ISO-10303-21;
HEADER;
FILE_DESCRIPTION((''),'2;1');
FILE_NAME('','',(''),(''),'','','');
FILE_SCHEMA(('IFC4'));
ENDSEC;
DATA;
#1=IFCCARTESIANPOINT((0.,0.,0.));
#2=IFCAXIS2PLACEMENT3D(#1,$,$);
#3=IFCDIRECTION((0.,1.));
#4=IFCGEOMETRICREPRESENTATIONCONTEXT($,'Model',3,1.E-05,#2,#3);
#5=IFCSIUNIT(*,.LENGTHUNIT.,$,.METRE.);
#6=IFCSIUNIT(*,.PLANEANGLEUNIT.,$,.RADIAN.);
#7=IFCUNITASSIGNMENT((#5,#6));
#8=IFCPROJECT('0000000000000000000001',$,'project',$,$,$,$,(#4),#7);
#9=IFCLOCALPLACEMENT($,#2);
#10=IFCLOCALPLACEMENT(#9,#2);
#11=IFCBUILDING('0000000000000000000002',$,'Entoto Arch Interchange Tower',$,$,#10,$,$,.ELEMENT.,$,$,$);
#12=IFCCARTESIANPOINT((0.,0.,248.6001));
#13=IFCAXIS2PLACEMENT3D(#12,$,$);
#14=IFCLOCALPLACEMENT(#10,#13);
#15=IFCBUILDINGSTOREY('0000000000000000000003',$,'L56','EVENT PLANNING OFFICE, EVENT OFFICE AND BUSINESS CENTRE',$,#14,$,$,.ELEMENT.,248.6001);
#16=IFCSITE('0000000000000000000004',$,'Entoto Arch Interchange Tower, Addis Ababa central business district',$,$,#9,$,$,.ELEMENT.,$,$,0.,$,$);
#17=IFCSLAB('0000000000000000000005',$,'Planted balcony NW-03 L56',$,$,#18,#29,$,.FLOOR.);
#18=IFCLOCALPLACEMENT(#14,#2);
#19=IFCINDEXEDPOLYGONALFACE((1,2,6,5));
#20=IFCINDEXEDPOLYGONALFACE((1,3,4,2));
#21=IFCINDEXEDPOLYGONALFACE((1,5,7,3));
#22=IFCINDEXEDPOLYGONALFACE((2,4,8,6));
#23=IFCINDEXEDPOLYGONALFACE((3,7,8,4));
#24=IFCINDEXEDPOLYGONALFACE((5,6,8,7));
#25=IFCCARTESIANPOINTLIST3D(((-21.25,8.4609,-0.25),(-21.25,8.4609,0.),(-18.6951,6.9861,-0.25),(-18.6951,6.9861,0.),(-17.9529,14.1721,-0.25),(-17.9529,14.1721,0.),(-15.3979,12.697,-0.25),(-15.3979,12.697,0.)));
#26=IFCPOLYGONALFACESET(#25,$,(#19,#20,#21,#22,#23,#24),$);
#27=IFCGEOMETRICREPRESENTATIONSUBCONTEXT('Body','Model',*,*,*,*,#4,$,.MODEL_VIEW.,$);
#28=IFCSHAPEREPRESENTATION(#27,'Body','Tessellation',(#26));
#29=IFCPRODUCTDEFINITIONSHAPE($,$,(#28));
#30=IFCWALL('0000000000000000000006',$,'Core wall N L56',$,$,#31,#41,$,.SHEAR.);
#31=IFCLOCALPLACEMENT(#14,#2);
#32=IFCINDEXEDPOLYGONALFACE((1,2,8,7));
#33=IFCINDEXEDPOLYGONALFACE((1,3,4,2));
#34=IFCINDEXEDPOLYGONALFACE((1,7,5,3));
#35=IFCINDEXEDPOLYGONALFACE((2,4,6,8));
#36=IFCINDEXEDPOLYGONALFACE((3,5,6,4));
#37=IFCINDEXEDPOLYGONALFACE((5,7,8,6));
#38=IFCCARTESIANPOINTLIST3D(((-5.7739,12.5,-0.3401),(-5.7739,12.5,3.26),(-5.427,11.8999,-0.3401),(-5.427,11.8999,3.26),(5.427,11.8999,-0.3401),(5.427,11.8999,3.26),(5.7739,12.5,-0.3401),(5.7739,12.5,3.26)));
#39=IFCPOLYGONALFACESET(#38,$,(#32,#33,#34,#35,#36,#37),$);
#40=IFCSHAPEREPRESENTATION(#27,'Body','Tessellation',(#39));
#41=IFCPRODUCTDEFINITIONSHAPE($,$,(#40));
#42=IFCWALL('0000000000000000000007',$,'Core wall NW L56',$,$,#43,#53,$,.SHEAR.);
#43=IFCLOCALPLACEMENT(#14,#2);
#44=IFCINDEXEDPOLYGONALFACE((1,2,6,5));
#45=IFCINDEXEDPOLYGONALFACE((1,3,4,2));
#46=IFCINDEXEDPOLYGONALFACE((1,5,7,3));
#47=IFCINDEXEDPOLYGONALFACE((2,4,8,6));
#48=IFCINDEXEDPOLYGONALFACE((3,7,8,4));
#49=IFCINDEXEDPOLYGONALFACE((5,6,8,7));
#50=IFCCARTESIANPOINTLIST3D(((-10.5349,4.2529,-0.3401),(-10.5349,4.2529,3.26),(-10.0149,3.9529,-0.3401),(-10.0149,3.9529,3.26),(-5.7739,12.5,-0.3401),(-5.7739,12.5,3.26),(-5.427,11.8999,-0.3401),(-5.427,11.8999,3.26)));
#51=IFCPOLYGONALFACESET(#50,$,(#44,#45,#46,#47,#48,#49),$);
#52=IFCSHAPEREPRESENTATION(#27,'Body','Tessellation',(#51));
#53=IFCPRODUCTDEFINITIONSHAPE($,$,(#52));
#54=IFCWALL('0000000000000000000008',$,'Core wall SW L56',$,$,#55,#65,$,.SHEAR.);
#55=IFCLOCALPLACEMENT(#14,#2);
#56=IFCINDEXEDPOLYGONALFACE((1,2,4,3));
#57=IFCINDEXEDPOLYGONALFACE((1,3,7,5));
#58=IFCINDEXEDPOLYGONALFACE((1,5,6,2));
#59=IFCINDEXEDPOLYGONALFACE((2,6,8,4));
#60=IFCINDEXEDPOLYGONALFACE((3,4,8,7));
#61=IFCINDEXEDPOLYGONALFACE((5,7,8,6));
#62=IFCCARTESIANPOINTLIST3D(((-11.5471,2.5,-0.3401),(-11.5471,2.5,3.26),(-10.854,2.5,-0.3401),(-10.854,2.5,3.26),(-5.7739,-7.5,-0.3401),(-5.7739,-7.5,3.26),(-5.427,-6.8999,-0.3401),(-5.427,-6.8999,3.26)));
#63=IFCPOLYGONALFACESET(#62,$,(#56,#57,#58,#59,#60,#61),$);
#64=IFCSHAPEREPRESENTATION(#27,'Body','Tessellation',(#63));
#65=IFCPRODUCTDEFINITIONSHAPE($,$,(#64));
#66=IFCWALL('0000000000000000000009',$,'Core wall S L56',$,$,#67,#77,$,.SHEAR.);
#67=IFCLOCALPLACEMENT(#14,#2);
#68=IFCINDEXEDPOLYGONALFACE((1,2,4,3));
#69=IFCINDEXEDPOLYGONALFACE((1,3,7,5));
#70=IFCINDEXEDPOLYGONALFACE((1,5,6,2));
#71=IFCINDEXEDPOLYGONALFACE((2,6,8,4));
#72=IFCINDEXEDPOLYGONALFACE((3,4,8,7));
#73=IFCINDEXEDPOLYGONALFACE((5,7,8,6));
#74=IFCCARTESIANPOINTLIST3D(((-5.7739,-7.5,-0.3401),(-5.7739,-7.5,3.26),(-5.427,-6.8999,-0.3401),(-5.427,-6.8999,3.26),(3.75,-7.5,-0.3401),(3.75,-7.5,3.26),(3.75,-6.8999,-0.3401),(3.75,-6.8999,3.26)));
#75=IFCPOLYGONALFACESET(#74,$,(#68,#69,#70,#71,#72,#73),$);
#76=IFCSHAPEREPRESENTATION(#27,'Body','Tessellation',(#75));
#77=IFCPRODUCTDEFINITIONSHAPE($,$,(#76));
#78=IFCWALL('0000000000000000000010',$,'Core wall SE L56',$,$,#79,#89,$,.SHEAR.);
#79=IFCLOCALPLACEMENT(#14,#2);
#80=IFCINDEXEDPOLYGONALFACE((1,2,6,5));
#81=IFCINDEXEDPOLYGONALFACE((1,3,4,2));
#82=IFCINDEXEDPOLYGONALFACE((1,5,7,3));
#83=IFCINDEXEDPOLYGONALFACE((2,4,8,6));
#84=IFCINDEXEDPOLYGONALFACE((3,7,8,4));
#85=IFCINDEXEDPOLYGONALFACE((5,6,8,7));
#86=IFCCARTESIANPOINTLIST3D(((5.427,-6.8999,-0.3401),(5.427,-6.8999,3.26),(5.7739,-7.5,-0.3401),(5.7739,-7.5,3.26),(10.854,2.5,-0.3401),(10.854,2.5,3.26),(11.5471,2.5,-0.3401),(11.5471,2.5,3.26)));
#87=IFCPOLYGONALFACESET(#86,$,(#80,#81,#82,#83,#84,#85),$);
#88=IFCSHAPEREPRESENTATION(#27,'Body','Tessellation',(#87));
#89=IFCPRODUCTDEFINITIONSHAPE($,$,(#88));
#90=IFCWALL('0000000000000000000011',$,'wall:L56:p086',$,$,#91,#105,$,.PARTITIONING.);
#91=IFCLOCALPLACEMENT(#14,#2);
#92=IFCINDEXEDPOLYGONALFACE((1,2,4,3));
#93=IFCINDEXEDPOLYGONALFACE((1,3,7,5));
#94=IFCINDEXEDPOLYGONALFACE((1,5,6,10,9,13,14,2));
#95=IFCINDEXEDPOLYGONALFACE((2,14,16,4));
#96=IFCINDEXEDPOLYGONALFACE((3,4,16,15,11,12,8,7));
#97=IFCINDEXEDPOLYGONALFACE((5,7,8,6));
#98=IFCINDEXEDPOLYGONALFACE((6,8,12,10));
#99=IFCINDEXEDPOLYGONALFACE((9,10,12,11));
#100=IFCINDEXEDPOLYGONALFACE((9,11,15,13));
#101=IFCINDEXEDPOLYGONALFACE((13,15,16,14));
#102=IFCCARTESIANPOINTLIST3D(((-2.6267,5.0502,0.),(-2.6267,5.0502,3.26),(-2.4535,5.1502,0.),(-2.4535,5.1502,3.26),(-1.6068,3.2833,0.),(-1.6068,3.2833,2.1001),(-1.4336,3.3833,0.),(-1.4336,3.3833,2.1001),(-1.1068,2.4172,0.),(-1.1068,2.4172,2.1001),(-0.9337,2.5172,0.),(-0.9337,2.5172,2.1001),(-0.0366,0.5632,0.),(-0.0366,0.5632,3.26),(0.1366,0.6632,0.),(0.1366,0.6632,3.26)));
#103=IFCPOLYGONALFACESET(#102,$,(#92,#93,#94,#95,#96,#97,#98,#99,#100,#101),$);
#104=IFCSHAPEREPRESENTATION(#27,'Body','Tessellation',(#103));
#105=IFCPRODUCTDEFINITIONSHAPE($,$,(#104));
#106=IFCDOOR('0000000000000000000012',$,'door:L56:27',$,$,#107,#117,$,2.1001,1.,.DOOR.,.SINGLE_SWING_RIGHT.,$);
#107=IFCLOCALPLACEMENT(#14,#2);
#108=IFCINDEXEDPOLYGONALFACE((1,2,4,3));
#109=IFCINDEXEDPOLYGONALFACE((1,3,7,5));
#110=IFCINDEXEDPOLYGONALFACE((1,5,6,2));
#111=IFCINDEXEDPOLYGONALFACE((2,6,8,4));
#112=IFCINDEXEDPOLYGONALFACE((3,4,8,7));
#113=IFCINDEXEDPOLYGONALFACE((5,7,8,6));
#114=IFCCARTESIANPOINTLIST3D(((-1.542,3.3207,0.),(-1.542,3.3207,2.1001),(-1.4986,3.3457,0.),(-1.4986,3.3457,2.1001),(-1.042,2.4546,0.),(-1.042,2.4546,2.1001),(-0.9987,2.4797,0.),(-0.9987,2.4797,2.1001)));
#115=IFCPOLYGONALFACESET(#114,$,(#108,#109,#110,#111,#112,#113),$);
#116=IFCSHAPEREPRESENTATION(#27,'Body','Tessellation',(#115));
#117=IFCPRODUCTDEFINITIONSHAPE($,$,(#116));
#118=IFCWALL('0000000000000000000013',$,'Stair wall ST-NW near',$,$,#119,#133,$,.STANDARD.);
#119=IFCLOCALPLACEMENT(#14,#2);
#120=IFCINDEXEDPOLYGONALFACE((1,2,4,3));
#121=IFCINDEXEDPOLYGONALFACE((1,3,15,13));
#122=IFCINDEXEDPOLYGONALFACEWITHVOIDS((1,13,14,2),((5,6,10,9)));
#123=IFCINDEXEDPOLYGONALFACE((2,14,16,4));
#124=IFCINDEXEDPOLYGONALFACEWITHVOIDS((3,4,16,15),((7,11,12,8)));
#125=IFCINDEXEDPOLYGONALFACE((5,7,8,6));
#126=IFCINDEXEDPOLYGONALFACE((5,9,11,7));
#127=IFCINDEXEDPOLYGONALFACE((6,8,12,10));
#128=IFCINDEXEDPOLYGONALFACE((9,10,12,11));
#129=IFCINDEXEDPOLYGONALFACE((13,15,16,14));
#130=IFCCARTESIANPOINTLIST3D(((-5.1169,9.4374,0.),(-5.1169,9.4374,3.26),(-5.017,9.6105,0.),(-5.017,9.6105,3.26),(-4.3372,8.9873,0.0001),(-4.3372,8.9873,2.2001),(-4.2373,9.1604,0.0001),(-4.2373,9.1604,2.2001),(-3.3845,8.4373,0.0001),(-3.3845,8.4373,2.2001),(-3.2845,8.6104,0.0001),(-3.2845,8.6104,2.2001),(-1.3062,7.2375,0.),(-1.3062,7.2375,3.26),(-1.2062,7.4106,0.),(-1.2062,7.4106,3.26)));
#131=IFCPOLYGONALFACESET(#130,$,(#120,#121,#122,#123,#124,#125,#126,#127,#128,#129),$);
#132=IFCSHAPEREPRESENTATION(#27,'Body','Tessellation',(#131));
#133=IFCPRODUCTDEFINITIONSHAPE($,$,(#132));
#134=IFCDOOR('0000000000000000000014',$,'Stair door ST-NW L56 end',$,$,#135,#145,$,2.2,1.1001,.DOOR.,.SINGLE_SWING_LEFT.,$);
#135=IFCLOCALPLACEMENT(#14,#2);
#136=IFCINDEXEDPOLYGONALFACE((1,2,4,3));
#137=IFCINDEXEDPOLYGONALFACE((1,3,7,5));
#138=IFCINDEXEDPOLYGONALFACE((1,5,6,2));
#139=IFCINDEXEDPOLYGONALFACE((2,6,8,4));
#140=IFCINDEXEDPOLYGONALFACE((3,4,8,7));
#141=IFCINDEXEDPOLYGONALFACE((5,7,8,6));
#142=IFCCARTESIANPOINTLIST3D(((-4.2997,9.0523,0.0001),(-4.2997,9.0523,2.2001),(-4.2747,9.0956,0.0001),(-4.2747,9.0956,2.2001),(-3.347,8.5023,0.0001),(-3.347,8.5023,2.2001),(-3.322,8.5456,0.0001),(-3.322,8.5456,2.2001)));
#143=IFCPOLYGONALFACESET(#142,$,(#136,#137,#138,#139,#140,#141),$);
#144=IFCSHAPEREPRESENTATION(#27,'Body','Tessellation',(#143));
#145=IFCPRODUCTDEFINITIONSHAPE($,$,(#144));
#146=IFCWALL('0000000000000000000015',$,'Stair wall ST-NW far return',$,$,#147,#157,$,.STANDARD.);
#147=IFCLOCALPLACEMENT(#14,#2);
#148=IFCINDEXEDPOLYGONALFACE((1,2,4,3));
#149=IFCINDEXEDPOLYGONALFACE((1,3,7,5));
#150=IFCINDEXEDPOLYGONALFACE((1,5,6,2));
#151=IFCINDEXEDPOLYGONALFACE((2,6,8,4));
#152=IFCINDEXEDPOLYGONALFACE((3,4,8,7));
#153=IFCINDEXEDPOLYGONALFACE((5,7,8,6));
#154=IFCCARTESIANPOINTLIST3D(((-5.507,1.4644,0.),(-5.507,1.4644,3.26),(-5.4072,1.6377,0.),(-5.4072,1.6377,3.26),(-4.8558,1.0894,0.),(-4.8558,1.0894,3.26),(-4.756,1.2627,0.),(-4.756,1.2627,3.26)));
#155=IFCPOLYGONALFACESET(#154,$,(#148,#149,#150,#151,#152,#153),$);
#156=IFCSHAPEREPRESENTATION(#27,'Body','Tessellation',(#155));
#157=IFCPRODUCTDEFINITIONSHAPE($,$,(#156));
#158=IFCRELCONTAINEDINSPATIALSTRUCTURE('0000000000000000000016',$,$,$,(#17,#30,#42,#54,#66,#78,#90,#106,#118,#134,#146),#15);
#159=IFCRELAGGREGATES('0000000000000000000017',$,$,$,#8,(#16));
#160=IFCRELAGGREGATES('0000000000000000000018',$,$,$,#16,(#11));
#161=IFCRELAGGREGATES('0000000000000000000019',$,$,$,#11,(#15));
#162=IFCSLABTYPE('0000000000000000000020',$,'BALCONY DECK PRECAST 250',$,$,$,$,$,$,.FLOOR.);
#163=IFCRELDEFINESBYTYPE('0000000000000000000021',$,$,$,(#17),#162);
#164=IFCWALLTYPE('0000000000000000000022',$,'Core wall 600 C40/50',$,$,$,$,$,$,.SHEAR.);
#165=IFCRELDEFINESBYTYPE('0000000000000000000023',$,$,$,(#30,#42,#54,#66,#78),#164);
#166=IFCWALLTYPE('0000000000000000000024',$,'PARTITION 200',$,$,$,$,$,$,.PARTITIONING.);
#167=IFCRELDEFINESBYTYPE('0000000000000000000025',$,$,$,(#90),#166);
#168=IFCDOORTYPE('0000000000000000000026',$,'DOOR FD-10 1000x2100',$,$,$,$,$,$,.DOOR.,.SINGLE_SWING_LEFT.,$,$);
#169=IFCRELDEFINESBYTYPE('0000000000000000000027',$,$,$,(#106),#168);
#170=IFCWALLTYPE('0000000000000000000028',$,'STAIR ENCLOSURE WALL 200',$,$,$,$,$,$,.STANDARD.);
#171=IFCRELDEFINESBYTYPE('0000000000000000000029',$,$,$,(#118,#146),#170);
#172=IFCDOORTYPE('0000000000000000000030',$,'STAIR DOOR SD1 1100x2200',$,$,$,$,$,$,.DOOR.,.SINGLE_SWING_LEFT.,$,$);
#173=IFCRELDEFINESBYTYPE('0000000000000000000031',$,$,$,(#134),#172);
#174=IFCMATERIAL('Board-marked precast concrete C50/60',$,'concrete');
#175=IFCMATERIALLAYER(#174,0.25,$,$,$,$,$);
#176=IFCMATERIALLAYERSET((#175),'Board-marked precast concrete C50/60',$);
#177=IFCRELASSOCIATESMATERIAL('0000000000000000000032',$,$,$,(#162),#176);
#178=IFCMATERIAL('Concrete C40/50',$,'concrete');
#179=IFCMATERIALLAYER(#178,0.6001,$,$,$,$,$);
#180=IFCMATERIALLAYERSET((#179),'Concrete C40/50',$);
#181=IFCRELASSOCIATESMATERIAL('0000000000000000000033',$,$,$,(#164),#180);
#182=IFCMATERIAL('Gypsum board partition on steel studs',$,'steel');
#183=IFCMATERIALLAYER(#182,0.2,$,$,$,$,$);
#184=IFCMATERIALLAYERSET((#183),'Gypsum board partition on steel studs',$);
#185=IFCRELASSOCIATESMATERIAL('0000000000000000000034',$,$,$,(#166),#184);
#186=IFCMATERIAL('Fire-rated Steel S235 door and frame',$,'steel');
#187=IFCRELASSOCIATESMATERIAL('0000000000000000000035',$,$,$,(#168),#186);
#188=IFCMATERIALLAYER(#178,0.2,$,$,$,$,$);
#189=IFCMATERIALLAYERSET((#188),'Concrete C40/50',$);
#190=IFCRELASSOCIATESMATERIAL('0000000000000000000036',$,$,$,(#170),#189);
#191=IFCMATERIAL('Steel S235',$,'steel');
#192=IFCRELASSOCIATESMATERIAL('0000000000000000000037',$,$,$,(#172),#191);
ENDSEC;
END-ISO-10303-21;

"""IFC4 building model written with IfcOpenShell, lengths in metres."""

from ifc_helpers import new_model, si_unit, direction, frame, frame_2d, origin, place, context, subcontext, project, spatial, polyline, rectangle, outline, extrude, material, layer, layer_set, type_object, element, fill, save


model = new_model("IFC4")

# Units and contexts
model_context = context("Model", 3, precision=1e-05, world=origin(), true_north=direction((0.0, 1.0)))
body_context = subcontext(model_context, "Body", "Model", "MODEL_VIEW")
ifc_project = project(units=[si_unit("LENGTHUNIT", "METRE"), si_unit("PLANEANGLEUNIT", "RADIAN")], contexts=[model_context])

# Site, building, storey
site_placement = place(None, origin())
site = spatial("IfcSite", under=ifc_project, at=site_placement, Name="Entoto Arch Interchange Tower, Addis Ababa central business district", CompositionType="ELEMENT", RefElevation=0.0)
building_placement = place(site_placement, origin())
building = spatial("IfcBuilding", under=site, at=building_placement, Name="Entoto Arch Interchange Tower", CompositionType="ELEMENT")
storey_placement = place(building_placement, frame((0.0, 0.0, 248.6001)))
storey = spatial("IfcBuildingStorey", under=building, at=storey_placement, Name="L56", Description="EVENT PLANNING OFFICE, EVENT OFFICE AND BUSINESS CENTRE", CompositionType="ELEMENT", Elevation=248.6001)

# Slab
ifc_material_1 = material(Name="Board-marked precast concrete C50/60", Category="concrete")
ifc_layer_1 = layer(ifc_material_1, 0.25)
ifc_layer_set_1 = layer_set([ifc_layer_1], Name="Board-marked precast concrete C50/60")
slab_type = type_object("IfcSlabType", Name="BALCONY DECK PRECAST 250", PredefinedType="FLOOR", material=ifc_layer_set_1)
slab_placement = place(storey_placement, frame((0.0, 0.0, -0.25)))
element("IfcSlab", 1, at=slab_placement, inside=storey, type_object=slab_type, Name="Planted balcony NW-03 L56", PredefinedType="FLOOR", context=body_context, shape_type="SweptSolid", body=[
    extrude(outline(polyline([(-15.3979, 12.697), (-18.6951, 6.9861), (-21.25, 8.4609), (-17.9529, 14.1721), (-15.3979, 12.697)])), origin(), (0.0, 0.0, 1.0), 0.25),
])

# Walls
ifc_material_2 = material(Name="Concrete C40/50", Category="concrete")
ifc_layer_2 = layer(ifc_material_2, 0.6001)
ifc_layer_set_2 = layer_set([ifc_layer_2], Name="Concrete C40/50")
wall_type_1 = type_object("IfcWallType", Name="Core wall 600 C40/50", PredefinedType="SHEAR", material=ifc_layer_set_2)
wall_1_placement = place(storey_placement, frame((0.0, 0.0, -0.3401)))
element("IfcWall", 2, at=wall_1_placement, inside=storey, type_object=wall_type_1, Name="Core wall N L56", PredefinedType="SHEAR", context=body_context, shape_type="SweptSolid", body=[
    extrude(outline(polyline([(5.7739, 12.5), (-5.7739, 12.5), (-5.427, 11.8999), (5.427, 11.8999), (5.7739, 12.5)])), origin(), (0.0, 0.0, 1.0), 3.6001),
])
wall_2_placement = place(storey_placement, frame((0.0, 0.0, -0.3401)))
element("IfcWall", 3, at=wall_2_placement, inside=storey, type_object=wall_type_1, Name="Core wall NW L56", PredefinedType="SHEAR", context=body_context, shape_type="SweptSolid", body=[
    extrude(outline(polyline([(-10.5349, 4.2529), (-10.0149, 3.9529), (-5.427, 11.8999), (-5.7739, 12.5), (-10.5349, 4.2529)])), origin(), (0.0, 0.0, 1.0), 3.6001),
])
wall_3_placement = place(storey_placement, frame((0.0, 0.0, -0.3401)))
element("IfcWall", 4, at=wall_3_placement, inside=storey, type_object=wall_type_1, Name="Core wall SW L56", PredefinedType="SHEAR", context=body_context, shape_type="SweptSolid", body=[
    extrude(outline(polyline([(-11.5471, 2.5), (-5.7739, -7.5), (-5.427, -6.8999), (-10.854, 2.5), (-11.5471, 2.5)])), origin(), (0.0, 0.0, 1.0), 3.6001),
])
wall_4_placement = place(storey_placement, frame((0.0, 0.0, -0.3401)))
element("IfcWall", 5, at=wall_4_placement, inside=storey, type_object=wall_type_1, Name="Core wall S L56", PredefinedType="SHEAR", context=body_context, shape_type="SweptSolid", body=[
    extrude(outline(polyline([(3.75, -7.5), (3.75, -6.8999), (-5.427, -6.8999), (-5.7739, -7.5), (3.75, -7.5)])), origin(), (0.0, 0.0, 1.0), 3.6001),
])
wall_5_placement = place(storey_placement, frame((0.0, 0.0, -0.3401)))
element("IfcWall", 6, at=wall_5_placement, inside=storey, type_object=wall_type_1, Name="Core wall SE L56", PredefinedType="SHEAR", context=body_context, shape_type="SweptSolid", body=[
    extrude(outline(polyline([(5.7739, -7.5), (11.5471, 2.5), (10.854, 2.5), (5.427, -6.8999), (5.7739, -7.5)])), origin(), (0.0, 0.0, 1.0), 3.6001),
])

# Walls, openings, doors
ifc_material_3 = material(Name="Gypsum board partition on steel studs", Category="steel")
ifc_layer_3 = layer(ifc_material_3, 0.2)
ifc_layer_set_3 = layer_set([ifc_layer_3], Name="Gypsum board partition on steel studs")
wall_type_2 = type_object("IfcWallType", Name="PARTITION 200", PredefinedType="PARTITIONING", material=ifc_layer_set_3)
wall_6_placement = place(storey_placement, frame((-2.54, 5.1001, 0.0), z_axis=(0.0, 0.0, 1.0), x_axis=(0.499925, -0.866069, 0.0)))
wall_6 = element("IfcWall", 7, at=wall_6_placement, inside=storey, type_object=wall_type_2, Name="wall:L56:p086", PredefinedType="PARTITIONING", context=body_context, shape_type="SweptSolid", body=[
    extrude(rectangle(XDim=5.1809, YDim=0.2, at=frame_2d((2.5903, 0.0))), origin(), (0.0, 0.0, 1.0), 3.26),
])
opening_1_placement = place(wall_6_placement, frame((2.04, 0.0, 0.0)))
opening_1 = element("IfcOpeningElement", 8, at=opening_1_placement, cuts=wall_6, PredefinedType="OPENING", context=body_context, shape_type="SweptSolid", body=[
    extrude(rectangle(XDim=1.0, YDim=2.1001, at=frame_2d((0.5, 1.05))), frame((0.0, 0.1099, 0.0), z_axis=(0.0, -1.0, 0.0), x_axis=(1.0, 0.0, 0.0)), (0.0, 0.0, 1.0), 0.22),
])
ifc_material_4 = material(Name="Fire-rated Steel S235 door and frame", Category="steel")
door_type_1 = type_object("IfcDoorType", Name="DOOR FD-10 1000x2100", OperationType="SINGLE_SWING_LEFT", PredefinedType="DOOR", material=ifc_material_4)
door_1_placement = place(opening_1_placement, origin())
door_1 = element("IfcDoor", 9, at=door_1_placement, inside=storey, type_object=door_type_1, Name="door:L56:27", OperationType="SINGLE_SWING_RIGHT", OverallHeight=2.1001, OverallWidth=1.0, PredefinedType="DOOR", context=body_context, shape_type="SweptSolid", body=[
    extrude(rectangle(XDim=1.0, YDim=2.1001, at=frame_2d((0.5, 1.05))), frame((0.0, 0.0249, 0.0), z_axis=(0.0, -1.0, 0.0), x_axis=(1.0, 0.0, 0.0)), (0.0, 0.0, 1.0), 0.05),
])
fill(opening_1, door_1)
ifc_layer_4 = layer(ifc_material_2, 0.2)
ifc_layer_set_4 = layer_set([ifc_layer_4], Name="Concrete C40/50")
wall_type_3 = type_object("IfcWallType", Name="STAIR ENCLOSURE WALL 200", PredefinedType="STANDARD", material=ifc_layer_set_4)
wall_7_placement = place(storey_placement, frame((-1.2561, 7.324, 0.0), z_axis=(0.0, 0.0, 1.0), x_axis=(-0.866046, 0.499964, 0.0)))
wall_7 = element("IfcWall", 10, at=wall_7_placement, inside=storey, type_object=wall_type_3, Name="Stair wall ST-NW near", PredefinedType="STANDARD", context=body_context, shape_type="SweptSolid", body=[
    extrude(rectangle(XDim=4.4001, YDim=0.2, at=frame_2d((2.2002, 0.0))), origin(), (0.0, 0.0, 1.0), 3.26),
])
opening_2_placement = place(wall_7_placement, frame((2.3999, 0.0, 0.0)))
opening_2 = element("IfcOpeningElement", 11, at=opening_2_placement, cuts=wall_7, PredefinedType="OPENING", context=body_context, shape_type="SweptSolid", body=[
    extrude(rectangle(XDim=1.1001, YDim=2.2, at=frame_2d((0.55, 1.1001))), frame((0.0, 0.1099, 0.0), z_axis=(0.0, -1.0, 0.0), x_axis=(1.0, 0.0, 0.0)), (0.0, 0.0, 1.0), 0.22),
])
ifc_material_5 = material(Name="Steel S235", Category="steel")
door_type_2 = type_object("IfcDoorType", Name="STAIR DOOR SD1 1100x2200", OperationType="SINGLE_SWING_LEFT", PredefinedType="DOOR", material=ifc_material_5)
door_2_placement = place(opening_2_placement, origin())
door_2 = element("IfcDoor", 12, at=door_2_placement, inside=storey, type_object=door_type_2, Name="Stair door ST-NW L56 end", OperationType="SINGLE_SWING_LEFT", OverallHeight=2.2, OverallWidth=1.1001, PredefinedType="DOOR", context=body_context, shape_type="SweptSolid", body=[
    extrude(rectangle(XDim=1.1001, YDim=2.2, at=frame_2d((0.55, 1.1001))), frame((0.0, 0.0249, 0.0), z_axis=(0.0, -1.0, 0.0), x_axis=(1.0, 0.0, 0.0)), (0.0, 0.0, 1.0), 0.05),
])
fill(opening_2, door_2)

# Wall
wall_8_placement = place(storey_placement, frame((-4.8059, 1.176, 0.0), z_axis=(0.0, 0.0, 1.0), x_axis=(-0.866559, 0.499075, 0.0)))
element("IfcWall", 13, at=wall_8_placement, inside=storey, type_object=wall_type_3, Name="Stair wall ST-NW far return", PredefinedType="STANDARD", context=body_context, shape_type="SweptSolid", body=[
    extrude(rectangle(XDim=0.7515, YDim=0.2, at=frame_2d((0.3757, 0.0))), origin(), (0.0, 0.0, 1.0), 3.26),
])

save(model, "model.ifc")
